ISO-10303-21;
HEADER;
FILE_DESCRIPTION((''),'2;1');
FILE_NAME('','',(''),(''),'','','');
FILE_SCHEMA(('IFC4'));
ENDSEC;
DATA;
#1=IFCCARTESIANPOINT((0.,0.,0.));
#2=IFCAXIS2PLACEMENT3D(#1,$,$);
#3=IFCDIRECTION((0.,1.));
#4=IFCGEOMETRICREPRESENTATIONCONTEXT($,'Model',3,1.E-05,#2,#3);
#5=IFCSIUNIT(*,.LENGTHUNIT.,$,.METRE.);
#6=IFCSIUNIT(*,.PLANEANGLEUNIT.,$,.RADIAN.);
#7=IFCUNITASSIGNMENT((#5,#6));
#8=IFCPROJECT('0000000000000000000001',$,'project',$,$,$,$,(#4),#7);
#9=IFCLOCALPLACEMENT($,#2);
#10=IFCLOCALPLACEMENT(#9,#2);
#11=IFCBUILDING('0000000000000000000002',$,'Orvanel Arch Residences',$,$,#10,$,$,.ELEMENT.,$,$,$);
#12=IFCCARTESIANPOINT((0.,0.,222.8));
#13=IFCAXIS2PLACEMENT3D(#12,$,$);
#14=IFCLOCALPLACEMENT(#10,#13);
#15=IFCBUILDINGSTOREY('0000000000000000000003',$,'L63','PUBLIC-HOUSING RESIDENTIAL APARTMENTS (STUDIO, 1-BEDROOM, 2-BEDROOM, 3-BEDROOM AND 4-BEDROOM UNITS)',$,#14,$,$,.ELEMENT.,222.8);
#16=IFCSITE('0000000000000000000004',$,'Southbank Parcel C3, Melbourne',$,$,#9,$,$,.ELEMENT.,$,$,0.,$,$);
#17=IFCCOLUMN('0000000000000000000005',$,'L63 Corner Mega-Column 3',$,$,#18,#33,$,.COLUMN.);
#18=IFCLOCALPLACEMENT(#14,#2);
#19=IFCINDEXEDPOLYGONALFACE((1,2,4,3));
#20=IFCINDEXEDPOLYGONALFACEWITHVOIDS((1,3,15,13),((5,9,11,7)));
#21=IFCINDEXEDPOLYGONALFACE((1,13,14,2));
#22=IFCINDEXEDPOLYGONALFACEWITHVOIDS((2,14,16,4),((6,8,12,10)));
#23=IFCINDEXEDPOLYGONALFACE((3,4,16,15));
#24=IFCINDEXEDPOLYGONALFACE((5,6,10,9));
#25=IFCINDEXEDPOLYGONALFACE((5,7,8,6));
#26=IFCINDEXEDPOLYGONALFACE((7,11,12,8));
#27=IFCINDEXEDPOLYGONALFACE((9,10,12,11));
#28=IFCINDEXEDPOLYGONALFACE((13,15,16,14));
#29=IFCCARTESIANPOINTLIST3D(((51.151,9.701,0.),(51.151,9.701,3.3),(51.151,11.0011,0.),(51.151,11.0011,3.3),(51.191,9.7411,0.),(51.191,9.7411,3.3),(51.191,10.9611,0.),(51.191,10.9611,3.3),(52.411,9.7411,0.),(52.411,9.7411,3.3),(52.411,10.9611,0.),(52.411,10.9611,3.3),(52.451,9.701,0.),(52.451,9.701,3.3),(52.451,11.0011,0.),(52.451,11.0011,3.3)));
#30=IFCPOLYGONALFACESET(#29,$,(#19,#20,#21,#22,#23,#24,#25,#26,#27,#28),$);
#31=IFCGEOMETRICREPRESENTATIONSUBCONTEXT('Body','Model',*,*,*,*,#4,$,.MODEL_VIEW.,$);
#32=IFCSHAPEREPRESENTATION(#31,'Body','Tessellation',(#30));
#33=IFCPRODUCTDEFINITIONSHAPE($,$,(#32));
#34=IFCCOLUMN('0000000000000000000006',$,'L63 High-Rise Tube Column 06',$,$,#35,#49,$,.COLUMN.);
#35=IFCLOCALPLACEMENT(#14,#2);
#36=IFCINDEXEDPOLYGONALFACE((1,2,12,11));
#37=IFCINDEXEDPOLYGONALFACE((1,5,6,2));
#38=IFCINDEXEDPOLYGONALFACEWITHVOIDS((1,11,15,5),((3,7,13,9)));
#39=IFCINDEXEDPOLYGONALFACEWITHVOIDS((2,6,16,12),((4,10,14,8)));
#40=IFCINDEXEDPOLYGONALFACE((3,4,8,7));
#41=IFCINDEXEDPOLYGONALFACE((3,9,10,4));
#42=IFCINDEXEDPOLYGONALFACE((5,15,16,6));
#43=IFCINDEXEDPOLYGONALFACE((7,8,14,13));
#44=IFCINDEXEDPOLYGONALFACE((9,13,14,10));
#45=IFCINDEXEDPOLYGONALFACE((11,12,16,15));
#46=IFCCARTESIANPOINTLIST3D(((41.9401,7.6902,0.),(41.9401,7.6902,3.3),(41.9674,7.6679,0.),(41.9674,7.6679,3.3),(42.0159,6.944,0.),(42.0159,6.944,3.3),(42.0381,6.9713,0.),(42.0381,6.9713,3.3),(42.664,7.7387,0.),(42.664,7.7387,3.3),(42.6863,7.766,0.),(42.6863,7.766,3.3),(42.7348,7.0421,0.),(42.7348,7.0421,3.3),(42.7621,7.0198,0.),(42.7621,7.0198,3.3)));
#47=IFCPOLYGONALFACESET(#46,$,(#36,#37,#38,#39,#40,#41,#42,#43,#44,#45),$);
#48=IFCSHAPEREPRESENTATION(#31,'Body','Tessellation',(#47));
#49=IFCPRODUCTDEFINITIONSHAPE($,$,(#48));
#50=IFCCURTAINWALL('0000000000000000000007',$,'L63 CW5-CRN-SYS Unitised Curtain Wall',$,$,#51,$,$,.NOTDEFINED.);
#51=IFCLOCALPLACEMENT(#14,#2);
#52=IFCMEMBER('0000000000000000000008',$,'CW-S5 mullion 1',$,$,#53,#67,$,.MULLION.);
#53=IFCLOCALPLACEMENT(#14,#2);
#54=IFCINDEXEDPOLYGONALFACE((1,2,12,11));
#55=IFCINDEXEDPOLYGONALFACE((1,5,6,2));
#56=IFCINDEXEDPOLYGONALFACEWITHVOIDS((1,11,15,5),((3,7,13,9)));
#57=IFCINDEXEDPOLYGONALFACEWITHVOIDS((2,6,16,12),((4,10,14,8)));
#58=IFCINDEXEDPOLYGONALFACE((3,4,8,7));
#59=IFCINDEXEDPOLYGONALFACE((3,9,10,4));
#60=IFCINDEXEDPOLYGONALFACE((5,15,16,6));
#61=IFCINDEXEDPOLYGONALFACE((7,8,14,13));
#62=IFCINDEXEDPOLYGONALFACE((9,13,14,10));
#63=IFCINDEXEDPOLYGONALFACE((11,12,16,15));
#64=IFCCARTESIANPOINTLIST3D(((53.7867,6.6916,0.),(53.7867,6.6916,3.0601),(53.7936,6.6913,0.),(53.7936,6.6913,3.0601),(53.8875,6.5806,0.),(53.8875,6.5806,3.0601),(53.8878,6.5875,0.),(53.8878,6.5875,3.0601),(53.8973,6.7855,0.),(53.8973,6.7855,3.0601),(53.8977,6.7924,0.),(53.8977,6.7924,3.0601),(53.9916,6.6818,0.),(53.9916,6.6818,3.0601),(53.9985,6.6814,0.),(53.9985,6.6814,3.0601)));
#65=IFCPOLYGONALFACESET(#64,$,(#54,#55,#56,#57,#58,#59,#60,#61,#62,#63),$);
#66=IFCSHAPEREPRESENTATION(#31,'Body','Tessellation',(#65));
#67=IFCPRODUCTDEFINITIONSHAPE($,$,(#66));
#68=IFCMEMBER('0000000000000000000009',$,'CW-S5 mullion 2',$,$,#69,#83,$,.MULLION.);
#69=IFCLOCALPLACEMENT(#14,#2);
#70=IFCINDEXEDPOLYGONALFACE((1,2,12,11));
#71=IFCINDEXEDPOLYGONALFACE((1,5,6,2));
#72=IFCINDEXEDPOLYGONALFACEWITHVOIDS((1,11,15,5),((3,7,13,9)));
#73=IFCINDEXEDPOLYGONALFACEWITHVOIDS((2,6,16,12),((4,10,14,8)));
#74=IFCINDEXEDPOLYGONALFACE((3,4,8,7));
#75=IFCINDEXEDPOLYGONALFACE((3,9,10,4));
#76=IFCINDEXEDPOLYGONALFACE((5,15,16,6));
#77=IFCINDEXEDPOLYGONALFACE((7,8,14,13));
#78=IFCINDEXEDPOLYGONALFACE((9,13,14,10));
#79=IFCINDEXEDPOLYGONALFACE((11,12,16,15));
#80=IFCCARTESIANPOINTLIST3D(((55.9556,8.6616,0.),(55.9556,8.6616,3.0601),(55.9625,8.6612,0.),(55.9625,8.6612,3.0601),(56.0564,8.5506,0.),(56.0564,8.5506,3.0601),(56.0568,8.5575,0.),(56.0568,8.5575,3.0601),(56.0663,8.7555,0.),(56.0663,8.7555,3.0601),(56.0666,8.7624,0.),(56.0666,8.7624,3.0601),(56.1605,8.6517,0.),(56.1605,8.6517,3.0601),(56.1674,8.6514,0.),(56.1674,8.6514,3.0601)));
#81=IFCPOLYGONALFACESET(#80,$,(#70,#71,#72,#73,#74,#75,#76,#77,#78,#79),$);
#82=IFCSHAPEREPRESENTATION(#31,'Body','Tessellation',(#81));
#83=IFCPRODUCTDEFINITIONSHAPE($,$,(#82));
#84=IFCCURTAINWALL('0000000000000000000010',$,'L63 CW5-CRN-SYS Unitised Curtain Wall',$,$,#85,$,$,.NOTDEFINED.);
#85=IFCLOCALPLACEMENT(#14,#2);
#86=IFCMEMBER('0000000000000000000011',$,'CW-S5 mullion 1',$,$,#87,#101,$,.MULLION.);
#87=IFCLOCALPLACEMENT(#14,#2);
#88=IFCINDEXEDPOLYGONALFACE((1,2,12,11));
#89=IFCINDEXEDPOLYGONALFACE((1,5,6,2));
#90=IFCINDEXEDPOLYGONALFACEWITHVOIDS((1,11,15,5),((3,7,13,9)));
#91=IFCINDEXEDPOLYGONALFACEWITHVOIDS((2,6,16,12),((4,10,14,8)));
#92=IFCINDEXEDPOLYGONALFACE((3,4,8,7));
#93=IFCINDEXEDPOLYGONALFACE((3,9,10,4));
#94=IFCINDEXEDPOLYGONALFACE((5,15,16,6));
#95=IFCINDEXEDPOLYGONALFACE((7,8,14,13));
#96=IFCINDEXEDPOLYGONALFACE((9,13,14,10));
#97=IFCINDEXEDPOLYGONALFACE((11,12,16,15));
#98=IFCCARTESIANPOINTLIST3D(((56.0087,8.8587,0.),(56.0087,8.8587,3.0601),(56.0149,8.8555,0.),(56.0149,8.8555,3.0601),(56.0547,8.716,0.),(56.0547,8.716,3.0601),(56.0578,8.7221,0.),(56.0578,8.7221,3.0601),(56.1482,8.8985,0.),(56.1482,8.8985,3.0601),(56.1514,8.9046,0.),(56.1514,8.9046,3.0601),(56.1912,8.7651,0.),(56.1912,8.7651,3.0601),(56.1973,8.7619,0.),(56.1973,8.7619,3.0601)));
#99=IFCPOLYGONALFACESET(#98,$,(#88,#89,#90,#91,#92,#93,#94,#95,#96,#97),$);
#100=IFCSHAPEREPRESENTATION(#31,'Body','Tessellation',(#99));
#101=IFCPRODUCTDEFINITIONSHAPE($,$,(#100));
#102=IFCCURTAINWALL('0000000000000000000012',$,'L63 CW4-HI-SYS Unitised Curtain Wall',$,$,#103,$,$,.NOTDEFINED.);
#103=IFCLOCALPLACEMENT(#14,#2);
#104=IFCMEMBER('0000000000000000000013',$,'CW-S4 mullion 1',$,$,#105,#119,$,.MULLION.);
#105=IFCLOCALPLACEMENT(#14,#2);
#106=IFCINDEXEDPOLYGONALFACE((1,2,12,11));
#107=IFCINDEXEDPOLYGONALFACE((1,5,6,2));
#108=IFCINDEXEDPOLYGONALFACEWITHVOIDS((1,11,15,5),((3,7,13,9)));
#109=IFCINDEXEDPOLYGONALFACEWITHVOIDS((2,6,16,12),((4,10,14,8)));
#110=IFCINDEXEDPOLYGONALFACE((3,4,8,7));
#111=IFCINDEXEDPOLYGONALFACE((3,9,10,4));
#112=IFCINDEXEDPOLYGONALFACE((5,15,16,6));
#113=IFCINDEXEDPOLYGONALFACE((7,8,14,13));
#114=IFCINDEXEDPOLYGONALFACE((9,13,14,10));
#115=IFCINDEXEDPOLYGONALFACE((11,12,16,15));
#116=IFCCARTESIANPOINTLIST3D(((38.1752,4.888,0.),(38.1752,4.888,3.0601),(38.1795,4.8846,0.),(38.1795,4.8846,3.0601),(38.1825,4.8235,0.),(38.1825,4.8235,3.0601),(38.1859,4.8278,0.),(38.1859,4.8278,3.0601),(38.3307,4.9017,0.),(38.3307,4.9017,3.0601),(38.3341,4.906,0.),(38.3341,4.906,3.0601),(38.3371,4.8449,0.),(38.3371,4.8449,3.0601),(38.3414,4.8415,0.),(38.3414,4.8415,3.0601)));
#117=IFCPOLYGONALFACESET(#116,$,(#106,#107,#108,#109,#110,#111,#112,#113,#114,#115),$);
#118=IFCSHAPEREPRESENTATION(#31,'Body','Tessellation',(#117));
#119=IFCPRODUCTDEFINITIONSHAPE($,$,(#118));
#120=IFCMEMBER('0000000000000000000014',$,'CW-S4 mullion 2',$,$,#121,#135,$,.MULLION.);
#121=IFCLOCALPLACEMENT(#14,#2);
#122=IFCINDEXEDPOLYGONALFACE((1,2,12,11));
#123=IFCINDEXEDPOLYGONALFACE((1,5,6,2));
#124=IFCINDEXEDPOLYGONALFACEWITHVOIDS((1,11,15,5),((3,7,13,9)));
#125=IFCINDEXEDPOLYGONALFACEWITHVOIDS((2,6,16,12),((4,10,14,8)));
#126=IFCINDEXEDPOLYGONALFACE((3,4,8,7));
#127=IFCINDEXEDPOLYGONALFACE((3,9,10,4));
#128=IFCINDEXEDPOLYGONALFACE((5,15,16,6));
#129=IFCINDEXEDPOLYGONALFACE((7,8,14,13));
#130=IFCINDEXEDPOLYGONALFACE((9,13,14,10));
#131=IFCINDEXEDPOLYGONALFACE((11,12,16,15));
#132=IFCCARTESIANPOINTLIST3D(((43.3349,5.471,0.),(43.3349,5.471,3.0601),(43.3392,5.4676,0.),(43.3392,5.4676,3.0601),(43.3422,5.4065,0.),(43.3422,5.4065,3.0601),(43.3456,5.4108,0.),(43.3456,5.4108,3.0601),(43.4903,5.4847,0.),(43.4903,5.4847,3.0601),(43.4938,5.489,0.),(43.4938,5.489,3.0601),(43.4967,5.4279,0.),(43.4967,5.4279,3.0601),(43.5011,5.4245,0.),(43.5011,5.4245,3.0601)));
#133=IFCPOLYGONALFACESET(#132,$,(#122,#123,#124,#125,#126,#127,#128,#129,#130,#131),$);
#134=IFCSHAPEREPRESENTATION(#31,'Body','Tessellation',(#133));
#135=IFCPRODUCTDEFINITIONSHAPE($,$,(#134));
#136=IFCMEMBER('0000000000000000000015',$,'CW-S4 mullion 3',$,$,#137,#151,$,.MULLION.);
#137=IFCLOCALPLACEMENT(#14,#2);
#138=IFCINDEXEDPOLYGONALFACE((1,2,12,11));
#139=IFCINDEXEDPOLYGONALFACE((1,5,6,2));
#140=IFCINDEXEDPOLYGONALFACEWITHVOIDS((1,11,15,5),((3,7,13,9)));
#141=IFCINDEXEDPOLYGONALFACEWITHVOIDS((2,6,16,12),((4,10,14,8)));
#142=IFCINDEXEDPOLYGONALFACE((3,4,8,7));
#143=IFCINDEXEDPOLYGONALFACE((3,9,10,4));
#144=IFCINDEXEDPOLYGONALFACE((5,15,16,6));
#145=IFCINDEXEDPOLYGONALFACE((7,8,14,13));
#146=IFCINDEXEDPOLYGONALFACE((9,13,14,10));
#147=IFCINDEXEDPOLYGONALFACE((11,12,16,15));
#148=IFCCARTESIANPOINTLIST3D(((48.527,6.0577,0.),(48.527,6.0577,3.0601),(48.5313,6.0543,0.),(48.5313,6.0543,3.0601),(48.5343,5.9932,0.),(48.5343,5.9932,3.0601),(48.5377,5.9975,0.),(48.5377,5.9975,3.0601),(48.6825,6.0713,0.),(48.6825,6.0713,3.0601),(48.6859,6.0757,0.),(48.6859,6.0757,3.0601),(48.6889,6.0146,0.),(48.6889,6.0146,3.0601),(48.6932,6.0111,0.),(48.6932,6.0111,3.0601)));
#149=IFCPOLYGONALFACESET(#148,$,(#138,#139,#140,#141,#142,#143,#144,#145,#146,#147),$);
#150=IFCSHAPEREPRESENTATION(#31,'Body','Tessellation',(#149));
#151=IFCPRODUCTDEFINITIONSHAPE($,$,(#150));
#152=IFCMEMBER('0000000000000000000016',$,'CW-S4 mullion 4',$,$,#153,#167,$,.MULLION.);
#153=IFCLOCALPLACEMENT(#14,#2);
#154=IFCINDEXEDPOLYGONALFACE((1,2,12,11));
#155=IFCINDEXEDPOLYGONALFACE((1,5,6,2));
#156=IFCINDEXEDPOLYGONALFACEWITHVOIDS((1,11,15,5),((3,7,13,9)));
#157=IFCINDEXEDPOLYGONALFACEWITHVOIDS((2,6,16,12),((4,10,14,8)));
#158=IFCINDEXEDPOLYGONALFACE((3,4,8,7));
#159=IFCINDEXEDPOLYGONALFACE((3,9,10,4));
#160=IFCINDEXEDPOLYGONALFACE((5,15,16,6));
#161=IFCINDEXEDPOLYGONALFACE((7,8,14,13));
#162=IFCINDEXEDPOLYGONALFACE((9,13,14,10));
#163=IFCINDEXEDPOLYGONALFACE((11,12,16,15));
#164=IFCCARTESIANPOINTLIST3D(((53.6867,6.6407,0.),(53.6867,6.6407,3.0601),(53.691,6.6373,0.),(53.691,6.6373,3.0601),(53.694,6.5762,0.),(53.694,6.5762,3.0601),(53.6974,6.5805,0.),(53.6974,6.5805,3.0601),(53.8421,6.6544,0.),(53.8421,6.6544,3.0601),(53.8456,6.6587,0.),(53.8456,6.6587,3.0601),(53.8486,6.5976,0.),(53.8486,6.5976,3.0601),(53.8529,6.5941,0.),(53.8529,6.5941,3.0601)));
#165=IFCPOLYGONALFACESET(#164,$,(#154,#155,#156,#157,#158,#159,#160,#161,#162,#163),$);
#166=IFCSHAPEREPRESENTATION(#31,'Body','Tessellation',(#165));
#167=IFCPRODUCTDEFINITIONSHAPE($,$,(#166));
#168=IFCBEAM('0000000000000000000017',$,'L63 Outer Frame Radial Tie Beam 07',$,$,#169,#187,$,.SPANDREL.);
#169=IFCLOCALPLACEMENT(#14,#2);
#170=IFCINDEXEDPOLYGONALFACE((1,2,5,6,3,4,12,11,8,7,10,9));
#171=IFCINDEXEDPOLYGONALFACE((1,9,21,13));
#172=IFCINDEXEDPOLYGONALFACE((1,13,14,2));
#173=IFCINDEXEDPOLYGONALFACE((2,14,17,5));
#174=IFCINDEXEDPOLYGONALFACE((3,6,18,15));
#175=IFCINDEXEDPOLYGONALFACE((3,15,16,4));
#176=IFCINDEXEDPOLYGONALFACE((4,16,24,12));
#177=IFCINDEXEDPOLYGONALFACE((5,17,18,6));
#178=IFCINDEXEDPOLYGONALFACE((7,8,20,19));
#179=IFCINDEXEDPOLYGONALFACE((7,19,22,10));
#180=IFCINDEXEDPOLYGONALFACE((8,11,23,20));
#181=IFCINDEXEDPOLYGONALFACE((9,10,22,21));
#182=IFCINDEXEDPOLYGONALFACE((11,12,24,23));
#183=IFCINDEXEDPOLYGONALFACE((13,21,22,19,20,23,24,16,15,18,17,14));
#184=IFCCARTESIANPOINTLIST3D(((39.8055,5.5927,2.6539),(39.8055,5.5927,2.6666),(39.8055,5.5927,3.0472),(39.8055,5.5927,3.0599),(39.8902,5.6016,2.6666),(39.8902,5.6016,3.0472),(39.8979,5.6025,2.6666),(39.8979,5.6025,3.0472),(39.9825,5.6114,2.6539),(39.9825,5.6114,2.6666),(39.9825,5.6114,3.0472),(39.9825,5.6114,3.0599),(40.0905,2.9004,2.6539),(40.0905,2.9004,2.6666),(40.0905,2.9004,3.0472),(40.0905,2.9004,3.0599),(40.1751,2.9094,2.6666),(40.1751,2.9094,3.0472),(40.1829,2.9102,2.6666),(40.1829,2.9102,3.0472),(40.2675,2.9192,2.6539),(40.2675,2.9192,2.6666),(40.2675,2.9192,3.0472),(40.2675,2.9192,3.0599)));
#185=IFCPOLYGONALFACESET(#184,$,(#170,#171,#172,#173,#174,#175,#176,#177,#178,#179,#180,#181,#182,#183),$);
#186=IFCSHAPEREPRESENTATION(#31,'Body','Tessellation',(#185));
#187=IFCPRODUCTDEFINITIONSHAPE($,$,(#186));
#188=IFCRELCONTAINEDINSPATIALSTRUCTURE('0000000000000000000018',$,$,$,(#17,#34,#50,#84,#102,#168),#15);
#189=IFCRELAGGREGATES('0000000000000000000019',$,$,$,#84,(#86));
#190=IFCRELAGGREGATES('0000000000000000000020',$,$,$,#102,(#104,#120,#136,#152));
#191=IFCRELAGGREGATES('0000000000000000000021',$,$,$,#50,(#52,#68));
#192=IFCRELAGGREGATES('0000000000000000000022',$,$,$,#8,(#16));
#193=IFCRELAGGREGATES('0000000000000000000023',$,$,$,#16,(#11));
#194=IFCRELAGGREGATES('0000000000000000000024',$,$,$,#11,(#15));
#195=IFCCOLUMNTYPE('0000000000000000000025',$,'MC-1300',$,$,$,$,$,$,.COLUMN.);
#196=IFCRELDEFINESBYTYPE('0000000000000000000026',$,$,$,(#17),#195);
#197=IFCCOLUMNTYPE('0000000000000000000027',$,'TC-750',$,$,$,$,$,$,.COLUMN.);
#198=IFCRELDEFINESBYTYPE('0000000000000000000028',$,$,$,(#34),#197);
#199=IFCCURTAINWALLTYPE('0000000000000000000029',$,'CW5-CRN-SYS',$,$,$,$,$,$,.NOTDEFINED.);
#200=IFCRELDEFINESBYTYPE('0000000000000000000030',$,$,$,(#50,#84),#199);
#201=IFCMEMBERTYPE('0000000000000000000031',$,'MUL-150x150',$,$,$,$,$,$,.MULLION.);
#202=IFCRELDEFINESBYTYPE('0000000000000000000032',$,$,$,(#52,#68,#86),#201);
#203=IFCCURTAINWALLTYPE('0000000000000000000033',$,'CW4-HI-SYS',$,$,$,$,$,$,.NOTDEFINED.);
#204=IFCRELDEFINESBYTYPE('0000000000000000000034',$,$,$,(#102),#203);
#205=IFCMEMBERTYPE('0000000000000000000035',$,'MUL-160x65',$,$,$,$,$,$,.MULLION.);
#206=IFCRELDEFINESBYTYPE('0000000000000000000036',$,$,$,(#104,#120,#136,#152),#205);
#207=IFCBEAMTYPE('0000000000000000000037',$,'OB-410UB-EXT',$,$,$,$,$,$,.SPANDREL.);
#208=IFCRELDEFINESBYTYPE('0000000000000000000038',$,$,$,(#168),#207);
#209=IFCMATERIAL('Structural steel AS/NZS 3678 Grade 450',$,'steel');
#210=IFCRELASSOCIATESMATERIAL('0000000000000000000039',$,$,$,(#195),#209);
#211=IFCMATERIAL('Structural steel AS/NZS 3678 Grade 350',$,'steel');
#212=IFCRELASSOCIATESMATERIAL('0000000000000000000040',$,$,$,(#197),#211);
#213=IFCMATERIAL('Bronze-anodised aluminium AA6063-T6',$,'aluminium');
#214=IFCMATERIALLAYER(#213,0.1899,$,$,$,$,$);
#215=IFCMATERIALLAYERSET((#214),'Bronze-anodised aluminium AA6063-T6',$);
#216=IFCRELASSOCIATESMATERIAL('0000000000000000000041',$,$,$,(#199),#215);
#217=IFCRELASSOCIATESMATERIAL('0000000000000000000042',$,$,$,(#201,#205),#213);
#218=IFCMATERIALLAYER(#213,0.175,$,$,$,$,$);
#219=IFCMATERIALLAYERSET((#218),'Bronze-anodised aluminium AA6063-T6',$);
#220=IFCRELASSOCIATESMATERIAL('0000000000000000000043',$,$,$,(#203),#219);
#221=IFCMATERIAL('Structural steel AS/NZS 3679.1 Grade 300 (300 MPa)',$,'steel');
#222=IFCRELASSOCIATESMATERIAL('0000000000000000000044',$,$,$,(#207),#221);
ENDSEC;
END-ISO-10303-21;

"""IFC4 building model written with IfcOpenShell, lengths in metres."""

from ifc_helpers import new_model, si_unit, direction, frame, origin, origin_2d, place, context, subcontext, project, spatial, hollow_rectangle, i_section, extrude, material, layer, layer_set, material_profile, profile_set, type_object, element, aggregate, save


model = new_model("IFC4")

# Units and contexts
model_context = context("Model", 3, precision=1e-05, world=origin(), true_north=direction((0.0, 1.0)))
body_context = subcontext(model_context, "Body", "Model", "MODEL_VIEW")
ifc_project = project(units=[si_unit("LENGTHUNIT", "METRE"), si_unit("PLANEANGLEUNIT", "RADIAN")], contexts=[model_context])

# Site, building, storey
site_placement = place(None, origin())
site = spatial("IfcSite", under=ifc_project, at=site_placement, Name="Southbank Parcel C3, Melbourne", CompositionType="ELEMENT", RefElevation=0.0)
building_placement = place(site_placement, origin())
building = spatial("IfcBuilding", under=site, at=building_placement, Name="Orvanel Arch Residences", CompositionType="ELEMENT")
storey_placement = place(building_placement, frame((0.0, 0.0, 222.8)))
storey = spatial("IfcBuildingStorey", under=building, at=storey_placement, Name="L63", Description="PUBLIC-HOUSING RESIDENTIAL APARTMENTS (STUDIO, 1-BEDROOM, 2-BEDROOM, 3-BEDROOM AND 4-BEDROOM UNITS)", CompositionType="ELEMENT", Elevation=222.8)

# Columns
ifc_material_1 = material(Name="Structural steel AS/NZS 3678 Grade 450", Category="steel")
ifc_material_profile_1 = material_profile(ifc_material_1, hollow_rectangle(XDim=1.3, YDim=1.3, WallThickness=0.04, at=origin_2d()), Name="BOX1300x1300x40")
ifc_profile_set_1 = profile_set([ifc_material_profile_1], Name="Structural steel AS/NZS 3678 Grade 450")
column_type_1 = type_object("IfcColumnType", Name="MC-1300", PredefinedType="COLUMN", material=ifc_profile_set_1)
column_1_placement = place(storey_placement, frame((51.801, 10.3511, 0.0), z_axis=(0.0, 0.0, 1.0), x_axis=(1.0, 0.0, 0.0)))
element("IfcColumn", 1, at=column_1_placement, inside=storey, type_object=column_type_1, Name="L63 Corner Mega-Column 3", PredefinedType="COLUMN", context=body_context, shape_type="SweptSolid", body=[
    extrude(hollow_rectangle(XDim=1.3, YDim=1.3, WallThickness=0.04, at=origin_2d()), origin(), (0.0, 0.0, 1.0), 3.3),
])
ifc_material_2 = material(Name="Structural steel AS/NZS 3678 Grade 350", Category="steel")
ifc_material_profile_2 = material_profile(ifc_material_2, hollow_rectangle(XDim=0.75, YDim=0.75, WallThickness=0.0249, at=origin_2d()), Name="BOX750x750x25")
ifc_profile_set_2 = profile_set([ifc_material_profile_2], Name="Structural steel AS/NZS 3678 Grade 350")
column_type_2 = type_object("IfcColumnType", Name="TC-750", PredefinedType="COLUMN", material=ifc_profile_set_2)
column_2_placement = place(storey_placement, frame((42.3511, 7.355, 0.0), z_axis=(0.0, 0.0, 1.0), x_axis=(0.994881, 0.101056, 0.0)))
element("IfcColumn", 2, at=column_2_placement, inside=storey, type_object=column_type_2, Name="L63 High-Rise Tube Column 06", PredefinedType="COLUMN", context=body_context, shape_type="SweptSolid", body=[
    extrude(hollow_rectangle(XDim=0.75, YDim=0.75, WallThickness=0.0249, at=origin_2d()), origin(), (0.0, 0.0, 1.0), 3.3),
])

# Curtain wall, members
ifc_material_3 = material(Name="Bronze-anodised aluminium AA6063-T6", Category="aluminium")
ifc_layer_1 = layer(ifc_material_3, 0.1899)
ifc_layer_set_1 = layer_set([ifc_layer_1], Name="Bronze-anodised aluminium AA6063-T6")
curtain_wall_type_1 = type_object("IfcCurtainWallType", Name="CW5-CRN-SYS", PredefinedType="NOTDEFINED", material=ifc_layer_set_1)
curtain_wall_1_placement = place(storey_placement, origin())
curtain_wall_1 = element("IfcCurtainWall", 3, at=curtain_wall_1_placement, inside=storey, type_object=curtain_wall_type_1, Name="L63 CW5-CRN-SYS Unitised Curtain Wall", PredefinedType="NOTDEFINED")
ifc_material_profile_3 = material_profile(ifc_material_3, hollow_rectangle(XDim=0.1499, YDim=0.1499, WallThickness=0.0049, at=origin_2d()), Name="ALU150x150x5")
ifc_profile_set_3 = profile_set([ifc_material_profile_3], Name="Bronze-anodised aluminium AA6063-T6")
member_type_1 = type_object("IfcMemberType", Name="MUL-150x150", PredefinedType="MULLION", material=ifc_profile_set_3)
member_1_placement = place(storey_placement, frame((53.8926, 6.6865, 0.0), z_axis=(0.0, 0.0, 1.0), x_axis=(-0.672366, 0.740219, 0.0)))
member_1 = element("IfcMember", 4, at=member_1_placement, type_object=member_type_1, Name="CW-S5 mullion 1", PredefinedType="MULLION", context=body_context, shape_type="SweptSolid", body=[
    extrude(hollow_rectangle(XDim=0.1499, YDim=0.1499, WallThickness=0.0049, at=origin_2d()), origin(), (0.0, 0.0, 1.0), 3.0601),
])
member_2_placement = place(storey_placement, frame((56.0615, 8.6565, 0.0), z_axis=(0.0, 0.0, 1.0), x_axis=(-0.672366, 0.740219, 0.0)))
member_2 = element("IfcMember", 5, at=member_2_placement, type_object=member_type_1, Name="CW-S5 mullion 2", PredefinedType="MULLION", context=body_context, shape_type="SweptSolid", body=[
    extrude(hollow_rectangle(XDim=0.1499, YDim=0.1499, WallThickness=0.0049, at=origin_2d()), origin(), (0.0, 0.0, 1.0), 3.0601),
])

# Curtain wall, member
curtain_wall_2_placement = place(storey_placement, origin())
curtain_wall_2 = element("IfcCurtainWall", 6, at=curtain_wall_2_placement, inside=storey, type_object=curtain_wall_type_1, Name="L63 CW5-CRN-SYS Unitised Curtain Wall", PredefinedType="NOTDEFINED")
member_3_placement = place(storey_placement, frame((56.103, 8.8103, 0.0), z_axis=(0.0, 0.0, 1.0), x_axis=(-0.951837, -0.306604, 0.0)))
member_3 = element("IfcMember", 7, at=member_3_placement, type_object=member_type_1, Name="CW-S5 mullion 1", PredefinedType="MULLION", context=body_context, shape_type="SweptSolid", body=[
    extrude(hollow_rectangle(XDim=0.1499, YDim=0.1499, WallThickness=0.0049, at=origin_2d()), origin(), (0.0, 0.0, 1.0), 3.0601),
])

# Curtain wall, members
ifc_layer_2 = layer(ifc_material_3, 0.175)
ifc_layer_set_2 = layer_set([ifc_layer_2], Name="Bronze-anodised aluminium AA6063-T6")
curtain_wall_type_2 = type_object("IfcCurtainWallType", Name="CW4-HI-SYS", PredefinedType="NOTDEFINED", material=ifc_layer_set_2)
curtain_wall_3_placement = place(storey_placement, origin())
curtain_wall_3 = element("IfcCurtainWall", 8, at=curtain_wall_3_placement, inside=storey, type_object=curtain_wall_type_2, Name="L63 CW4-HI-SYS Unitised Curtain Wall", PredefinedType="NOTDEFINED")
ifc_material_profile_4 = material_profile(ifc_material_3, hollow_rectangle(XDim=0.0649, YDim=0.1599, WallThickness=0.0039, at=origin_2d()), Name="ALU160x65x4")
ifc_profile_set_4 = profile_set([ifc_material_profile_4], Name="Bronze-anodised aluminium AA6063-T6")
member_type_2 = type_object("IfcMemberType", Name="MUL-160x65", PredefinedType="MULLION", material=ifc_profile_set_4)
member_4_placement = place(storey_placement, frame((38.2583, 4.8647, 0.0), z_axis=(0.0, 0.0, 1.0), x_axis=(-0.11228, 0.993677, 0.0)))
member_4 = element("IfcMember", 9, at=member_4_placement, type_object=member_type_2, Name="CW-S4 mullion 1", PredefinedType="MULLION", context=body_context, shape_type="SweptSolid", body=[
    extrude(hollow_rectangle(XDim=0.0649, YDim=0.1599, WallThickness=0.0039, at=origin_2d()), origin(), (0.0, 0.0, 1.0), 3.0601),
])
member_5_placement = place(storey_placement, frame((43.418, 5.4478, 0.0), z_axis=(0.0, 0.0, 1.0), x_axis=(-0.11228, 0.993677, 0.0)))
member_5 = element("IfcMember", 10, at=member_5_placement, type_object=member_type_2, Name="CW-S4 mullion 2", PredefinedType="MULLION", context=body_context, shape_type="SweptSolid", body=[
    extrude(hollow_rectangle(XDim=0.0649, YDim=0.1599, WallThickness=0.0039, at=origin_2d()), origin(), (0.0, 0.0, 1.0), 3.0601),
])
member_6_placement = place(storey_placement, frame((48.6101, 6.0344, 0.0), z_axis=(0.0, 0.0, 1.0), x_axis=(-0.11228, 0.993677, 0.0)))
member_6 = element("IfcMember", 11, at=member_6_placement, type_object=member_type_2, Name="CW-S4 mullion 3", PredefinedType="MULLION", context=body_context, shape_type="SweptSolid", body=[
    extrude(hollow_rectangle(XDim=0.0649, YDim=0.1599, WallThickness=0.0039, at=origin_2d()), origin(), (0.0, 0.0, 1.0), 3.0601),
])
member_7_placement = place(storey_placement, frame((53.7698, 6.6174, 0.0), z_axis=(0.0, 0.0, 1.0), x_axis=(-0.11228, 0.993677, 0.0)))
member_7 = element("IfcMember", 12, at=member_7_placement, type_object=member_type_2, Name="CW-S4 mullion 4", PredefinedType="MULLION", context=body_context, shape_type="SweptSolid", body=[
    extrude(hollow_rectangle(XDim=0.0649, YDim=0.1599, WallThickness=0.0039, at=origin_2d()), origin(), (0.0, 0.0, 1.0), 3.0601),
])

# Beam
ifc_material_4 = material(Name="Structural steel AS/NZS 3679.1 Grade 300 (300 MPa)", Category="steel")
ifc_material_profile_5 = material_profile(ifc_material_4, i_section(OverallWidth=0.178, OverallDepth=0.406, WebThickness=0.0078, FlangeThickness=0.0127, at=origin_2d()), Name="410UB59.7")
ifc_profile_set_5 = profile_set([ifc_material_profile_5], Name="Structural steel AS/NZS 3679.1 Grade 300 (300 MPa)")
beam_type_1 = type_object("IfcBeamType", Name="OB-410UB-EXT", PredefinedType="SPANDREL", material=ifc_profile_set_5)
beam_1_placement = place(storey_placement, frame((39.894, 5.6021, 2.8569), z_axis=(0.105243, -0.994446, 0.0), x_axis=(0.994446, 0.105243, 0.0)))
element("IfcBeam", 13, at=beam_1_placement, inside=storey, type_object=beam_type_1, Name="L63 Outer Frame Radial Tie Beam 07", PredefinedType="SPANDREL", context=body_context, shape_type="SweptSolid", body=[
    extrude(i_section(OverallWidth=0.178, OverallDepth=0.406, WebThickness=0.0078, FlangeThickness=0.0127, at=origin_2d()), origin(), (0.0, 0.0, 1.0), 2.7073),
])

aggregate(curtain_wall_2, [member_3])

aggregate(curtain_wall_3, [member_4, member_5, member_6, member_7])
aggregate(curtain_wall_1, [member_1, member_2])

save(model, "model.ifc")
